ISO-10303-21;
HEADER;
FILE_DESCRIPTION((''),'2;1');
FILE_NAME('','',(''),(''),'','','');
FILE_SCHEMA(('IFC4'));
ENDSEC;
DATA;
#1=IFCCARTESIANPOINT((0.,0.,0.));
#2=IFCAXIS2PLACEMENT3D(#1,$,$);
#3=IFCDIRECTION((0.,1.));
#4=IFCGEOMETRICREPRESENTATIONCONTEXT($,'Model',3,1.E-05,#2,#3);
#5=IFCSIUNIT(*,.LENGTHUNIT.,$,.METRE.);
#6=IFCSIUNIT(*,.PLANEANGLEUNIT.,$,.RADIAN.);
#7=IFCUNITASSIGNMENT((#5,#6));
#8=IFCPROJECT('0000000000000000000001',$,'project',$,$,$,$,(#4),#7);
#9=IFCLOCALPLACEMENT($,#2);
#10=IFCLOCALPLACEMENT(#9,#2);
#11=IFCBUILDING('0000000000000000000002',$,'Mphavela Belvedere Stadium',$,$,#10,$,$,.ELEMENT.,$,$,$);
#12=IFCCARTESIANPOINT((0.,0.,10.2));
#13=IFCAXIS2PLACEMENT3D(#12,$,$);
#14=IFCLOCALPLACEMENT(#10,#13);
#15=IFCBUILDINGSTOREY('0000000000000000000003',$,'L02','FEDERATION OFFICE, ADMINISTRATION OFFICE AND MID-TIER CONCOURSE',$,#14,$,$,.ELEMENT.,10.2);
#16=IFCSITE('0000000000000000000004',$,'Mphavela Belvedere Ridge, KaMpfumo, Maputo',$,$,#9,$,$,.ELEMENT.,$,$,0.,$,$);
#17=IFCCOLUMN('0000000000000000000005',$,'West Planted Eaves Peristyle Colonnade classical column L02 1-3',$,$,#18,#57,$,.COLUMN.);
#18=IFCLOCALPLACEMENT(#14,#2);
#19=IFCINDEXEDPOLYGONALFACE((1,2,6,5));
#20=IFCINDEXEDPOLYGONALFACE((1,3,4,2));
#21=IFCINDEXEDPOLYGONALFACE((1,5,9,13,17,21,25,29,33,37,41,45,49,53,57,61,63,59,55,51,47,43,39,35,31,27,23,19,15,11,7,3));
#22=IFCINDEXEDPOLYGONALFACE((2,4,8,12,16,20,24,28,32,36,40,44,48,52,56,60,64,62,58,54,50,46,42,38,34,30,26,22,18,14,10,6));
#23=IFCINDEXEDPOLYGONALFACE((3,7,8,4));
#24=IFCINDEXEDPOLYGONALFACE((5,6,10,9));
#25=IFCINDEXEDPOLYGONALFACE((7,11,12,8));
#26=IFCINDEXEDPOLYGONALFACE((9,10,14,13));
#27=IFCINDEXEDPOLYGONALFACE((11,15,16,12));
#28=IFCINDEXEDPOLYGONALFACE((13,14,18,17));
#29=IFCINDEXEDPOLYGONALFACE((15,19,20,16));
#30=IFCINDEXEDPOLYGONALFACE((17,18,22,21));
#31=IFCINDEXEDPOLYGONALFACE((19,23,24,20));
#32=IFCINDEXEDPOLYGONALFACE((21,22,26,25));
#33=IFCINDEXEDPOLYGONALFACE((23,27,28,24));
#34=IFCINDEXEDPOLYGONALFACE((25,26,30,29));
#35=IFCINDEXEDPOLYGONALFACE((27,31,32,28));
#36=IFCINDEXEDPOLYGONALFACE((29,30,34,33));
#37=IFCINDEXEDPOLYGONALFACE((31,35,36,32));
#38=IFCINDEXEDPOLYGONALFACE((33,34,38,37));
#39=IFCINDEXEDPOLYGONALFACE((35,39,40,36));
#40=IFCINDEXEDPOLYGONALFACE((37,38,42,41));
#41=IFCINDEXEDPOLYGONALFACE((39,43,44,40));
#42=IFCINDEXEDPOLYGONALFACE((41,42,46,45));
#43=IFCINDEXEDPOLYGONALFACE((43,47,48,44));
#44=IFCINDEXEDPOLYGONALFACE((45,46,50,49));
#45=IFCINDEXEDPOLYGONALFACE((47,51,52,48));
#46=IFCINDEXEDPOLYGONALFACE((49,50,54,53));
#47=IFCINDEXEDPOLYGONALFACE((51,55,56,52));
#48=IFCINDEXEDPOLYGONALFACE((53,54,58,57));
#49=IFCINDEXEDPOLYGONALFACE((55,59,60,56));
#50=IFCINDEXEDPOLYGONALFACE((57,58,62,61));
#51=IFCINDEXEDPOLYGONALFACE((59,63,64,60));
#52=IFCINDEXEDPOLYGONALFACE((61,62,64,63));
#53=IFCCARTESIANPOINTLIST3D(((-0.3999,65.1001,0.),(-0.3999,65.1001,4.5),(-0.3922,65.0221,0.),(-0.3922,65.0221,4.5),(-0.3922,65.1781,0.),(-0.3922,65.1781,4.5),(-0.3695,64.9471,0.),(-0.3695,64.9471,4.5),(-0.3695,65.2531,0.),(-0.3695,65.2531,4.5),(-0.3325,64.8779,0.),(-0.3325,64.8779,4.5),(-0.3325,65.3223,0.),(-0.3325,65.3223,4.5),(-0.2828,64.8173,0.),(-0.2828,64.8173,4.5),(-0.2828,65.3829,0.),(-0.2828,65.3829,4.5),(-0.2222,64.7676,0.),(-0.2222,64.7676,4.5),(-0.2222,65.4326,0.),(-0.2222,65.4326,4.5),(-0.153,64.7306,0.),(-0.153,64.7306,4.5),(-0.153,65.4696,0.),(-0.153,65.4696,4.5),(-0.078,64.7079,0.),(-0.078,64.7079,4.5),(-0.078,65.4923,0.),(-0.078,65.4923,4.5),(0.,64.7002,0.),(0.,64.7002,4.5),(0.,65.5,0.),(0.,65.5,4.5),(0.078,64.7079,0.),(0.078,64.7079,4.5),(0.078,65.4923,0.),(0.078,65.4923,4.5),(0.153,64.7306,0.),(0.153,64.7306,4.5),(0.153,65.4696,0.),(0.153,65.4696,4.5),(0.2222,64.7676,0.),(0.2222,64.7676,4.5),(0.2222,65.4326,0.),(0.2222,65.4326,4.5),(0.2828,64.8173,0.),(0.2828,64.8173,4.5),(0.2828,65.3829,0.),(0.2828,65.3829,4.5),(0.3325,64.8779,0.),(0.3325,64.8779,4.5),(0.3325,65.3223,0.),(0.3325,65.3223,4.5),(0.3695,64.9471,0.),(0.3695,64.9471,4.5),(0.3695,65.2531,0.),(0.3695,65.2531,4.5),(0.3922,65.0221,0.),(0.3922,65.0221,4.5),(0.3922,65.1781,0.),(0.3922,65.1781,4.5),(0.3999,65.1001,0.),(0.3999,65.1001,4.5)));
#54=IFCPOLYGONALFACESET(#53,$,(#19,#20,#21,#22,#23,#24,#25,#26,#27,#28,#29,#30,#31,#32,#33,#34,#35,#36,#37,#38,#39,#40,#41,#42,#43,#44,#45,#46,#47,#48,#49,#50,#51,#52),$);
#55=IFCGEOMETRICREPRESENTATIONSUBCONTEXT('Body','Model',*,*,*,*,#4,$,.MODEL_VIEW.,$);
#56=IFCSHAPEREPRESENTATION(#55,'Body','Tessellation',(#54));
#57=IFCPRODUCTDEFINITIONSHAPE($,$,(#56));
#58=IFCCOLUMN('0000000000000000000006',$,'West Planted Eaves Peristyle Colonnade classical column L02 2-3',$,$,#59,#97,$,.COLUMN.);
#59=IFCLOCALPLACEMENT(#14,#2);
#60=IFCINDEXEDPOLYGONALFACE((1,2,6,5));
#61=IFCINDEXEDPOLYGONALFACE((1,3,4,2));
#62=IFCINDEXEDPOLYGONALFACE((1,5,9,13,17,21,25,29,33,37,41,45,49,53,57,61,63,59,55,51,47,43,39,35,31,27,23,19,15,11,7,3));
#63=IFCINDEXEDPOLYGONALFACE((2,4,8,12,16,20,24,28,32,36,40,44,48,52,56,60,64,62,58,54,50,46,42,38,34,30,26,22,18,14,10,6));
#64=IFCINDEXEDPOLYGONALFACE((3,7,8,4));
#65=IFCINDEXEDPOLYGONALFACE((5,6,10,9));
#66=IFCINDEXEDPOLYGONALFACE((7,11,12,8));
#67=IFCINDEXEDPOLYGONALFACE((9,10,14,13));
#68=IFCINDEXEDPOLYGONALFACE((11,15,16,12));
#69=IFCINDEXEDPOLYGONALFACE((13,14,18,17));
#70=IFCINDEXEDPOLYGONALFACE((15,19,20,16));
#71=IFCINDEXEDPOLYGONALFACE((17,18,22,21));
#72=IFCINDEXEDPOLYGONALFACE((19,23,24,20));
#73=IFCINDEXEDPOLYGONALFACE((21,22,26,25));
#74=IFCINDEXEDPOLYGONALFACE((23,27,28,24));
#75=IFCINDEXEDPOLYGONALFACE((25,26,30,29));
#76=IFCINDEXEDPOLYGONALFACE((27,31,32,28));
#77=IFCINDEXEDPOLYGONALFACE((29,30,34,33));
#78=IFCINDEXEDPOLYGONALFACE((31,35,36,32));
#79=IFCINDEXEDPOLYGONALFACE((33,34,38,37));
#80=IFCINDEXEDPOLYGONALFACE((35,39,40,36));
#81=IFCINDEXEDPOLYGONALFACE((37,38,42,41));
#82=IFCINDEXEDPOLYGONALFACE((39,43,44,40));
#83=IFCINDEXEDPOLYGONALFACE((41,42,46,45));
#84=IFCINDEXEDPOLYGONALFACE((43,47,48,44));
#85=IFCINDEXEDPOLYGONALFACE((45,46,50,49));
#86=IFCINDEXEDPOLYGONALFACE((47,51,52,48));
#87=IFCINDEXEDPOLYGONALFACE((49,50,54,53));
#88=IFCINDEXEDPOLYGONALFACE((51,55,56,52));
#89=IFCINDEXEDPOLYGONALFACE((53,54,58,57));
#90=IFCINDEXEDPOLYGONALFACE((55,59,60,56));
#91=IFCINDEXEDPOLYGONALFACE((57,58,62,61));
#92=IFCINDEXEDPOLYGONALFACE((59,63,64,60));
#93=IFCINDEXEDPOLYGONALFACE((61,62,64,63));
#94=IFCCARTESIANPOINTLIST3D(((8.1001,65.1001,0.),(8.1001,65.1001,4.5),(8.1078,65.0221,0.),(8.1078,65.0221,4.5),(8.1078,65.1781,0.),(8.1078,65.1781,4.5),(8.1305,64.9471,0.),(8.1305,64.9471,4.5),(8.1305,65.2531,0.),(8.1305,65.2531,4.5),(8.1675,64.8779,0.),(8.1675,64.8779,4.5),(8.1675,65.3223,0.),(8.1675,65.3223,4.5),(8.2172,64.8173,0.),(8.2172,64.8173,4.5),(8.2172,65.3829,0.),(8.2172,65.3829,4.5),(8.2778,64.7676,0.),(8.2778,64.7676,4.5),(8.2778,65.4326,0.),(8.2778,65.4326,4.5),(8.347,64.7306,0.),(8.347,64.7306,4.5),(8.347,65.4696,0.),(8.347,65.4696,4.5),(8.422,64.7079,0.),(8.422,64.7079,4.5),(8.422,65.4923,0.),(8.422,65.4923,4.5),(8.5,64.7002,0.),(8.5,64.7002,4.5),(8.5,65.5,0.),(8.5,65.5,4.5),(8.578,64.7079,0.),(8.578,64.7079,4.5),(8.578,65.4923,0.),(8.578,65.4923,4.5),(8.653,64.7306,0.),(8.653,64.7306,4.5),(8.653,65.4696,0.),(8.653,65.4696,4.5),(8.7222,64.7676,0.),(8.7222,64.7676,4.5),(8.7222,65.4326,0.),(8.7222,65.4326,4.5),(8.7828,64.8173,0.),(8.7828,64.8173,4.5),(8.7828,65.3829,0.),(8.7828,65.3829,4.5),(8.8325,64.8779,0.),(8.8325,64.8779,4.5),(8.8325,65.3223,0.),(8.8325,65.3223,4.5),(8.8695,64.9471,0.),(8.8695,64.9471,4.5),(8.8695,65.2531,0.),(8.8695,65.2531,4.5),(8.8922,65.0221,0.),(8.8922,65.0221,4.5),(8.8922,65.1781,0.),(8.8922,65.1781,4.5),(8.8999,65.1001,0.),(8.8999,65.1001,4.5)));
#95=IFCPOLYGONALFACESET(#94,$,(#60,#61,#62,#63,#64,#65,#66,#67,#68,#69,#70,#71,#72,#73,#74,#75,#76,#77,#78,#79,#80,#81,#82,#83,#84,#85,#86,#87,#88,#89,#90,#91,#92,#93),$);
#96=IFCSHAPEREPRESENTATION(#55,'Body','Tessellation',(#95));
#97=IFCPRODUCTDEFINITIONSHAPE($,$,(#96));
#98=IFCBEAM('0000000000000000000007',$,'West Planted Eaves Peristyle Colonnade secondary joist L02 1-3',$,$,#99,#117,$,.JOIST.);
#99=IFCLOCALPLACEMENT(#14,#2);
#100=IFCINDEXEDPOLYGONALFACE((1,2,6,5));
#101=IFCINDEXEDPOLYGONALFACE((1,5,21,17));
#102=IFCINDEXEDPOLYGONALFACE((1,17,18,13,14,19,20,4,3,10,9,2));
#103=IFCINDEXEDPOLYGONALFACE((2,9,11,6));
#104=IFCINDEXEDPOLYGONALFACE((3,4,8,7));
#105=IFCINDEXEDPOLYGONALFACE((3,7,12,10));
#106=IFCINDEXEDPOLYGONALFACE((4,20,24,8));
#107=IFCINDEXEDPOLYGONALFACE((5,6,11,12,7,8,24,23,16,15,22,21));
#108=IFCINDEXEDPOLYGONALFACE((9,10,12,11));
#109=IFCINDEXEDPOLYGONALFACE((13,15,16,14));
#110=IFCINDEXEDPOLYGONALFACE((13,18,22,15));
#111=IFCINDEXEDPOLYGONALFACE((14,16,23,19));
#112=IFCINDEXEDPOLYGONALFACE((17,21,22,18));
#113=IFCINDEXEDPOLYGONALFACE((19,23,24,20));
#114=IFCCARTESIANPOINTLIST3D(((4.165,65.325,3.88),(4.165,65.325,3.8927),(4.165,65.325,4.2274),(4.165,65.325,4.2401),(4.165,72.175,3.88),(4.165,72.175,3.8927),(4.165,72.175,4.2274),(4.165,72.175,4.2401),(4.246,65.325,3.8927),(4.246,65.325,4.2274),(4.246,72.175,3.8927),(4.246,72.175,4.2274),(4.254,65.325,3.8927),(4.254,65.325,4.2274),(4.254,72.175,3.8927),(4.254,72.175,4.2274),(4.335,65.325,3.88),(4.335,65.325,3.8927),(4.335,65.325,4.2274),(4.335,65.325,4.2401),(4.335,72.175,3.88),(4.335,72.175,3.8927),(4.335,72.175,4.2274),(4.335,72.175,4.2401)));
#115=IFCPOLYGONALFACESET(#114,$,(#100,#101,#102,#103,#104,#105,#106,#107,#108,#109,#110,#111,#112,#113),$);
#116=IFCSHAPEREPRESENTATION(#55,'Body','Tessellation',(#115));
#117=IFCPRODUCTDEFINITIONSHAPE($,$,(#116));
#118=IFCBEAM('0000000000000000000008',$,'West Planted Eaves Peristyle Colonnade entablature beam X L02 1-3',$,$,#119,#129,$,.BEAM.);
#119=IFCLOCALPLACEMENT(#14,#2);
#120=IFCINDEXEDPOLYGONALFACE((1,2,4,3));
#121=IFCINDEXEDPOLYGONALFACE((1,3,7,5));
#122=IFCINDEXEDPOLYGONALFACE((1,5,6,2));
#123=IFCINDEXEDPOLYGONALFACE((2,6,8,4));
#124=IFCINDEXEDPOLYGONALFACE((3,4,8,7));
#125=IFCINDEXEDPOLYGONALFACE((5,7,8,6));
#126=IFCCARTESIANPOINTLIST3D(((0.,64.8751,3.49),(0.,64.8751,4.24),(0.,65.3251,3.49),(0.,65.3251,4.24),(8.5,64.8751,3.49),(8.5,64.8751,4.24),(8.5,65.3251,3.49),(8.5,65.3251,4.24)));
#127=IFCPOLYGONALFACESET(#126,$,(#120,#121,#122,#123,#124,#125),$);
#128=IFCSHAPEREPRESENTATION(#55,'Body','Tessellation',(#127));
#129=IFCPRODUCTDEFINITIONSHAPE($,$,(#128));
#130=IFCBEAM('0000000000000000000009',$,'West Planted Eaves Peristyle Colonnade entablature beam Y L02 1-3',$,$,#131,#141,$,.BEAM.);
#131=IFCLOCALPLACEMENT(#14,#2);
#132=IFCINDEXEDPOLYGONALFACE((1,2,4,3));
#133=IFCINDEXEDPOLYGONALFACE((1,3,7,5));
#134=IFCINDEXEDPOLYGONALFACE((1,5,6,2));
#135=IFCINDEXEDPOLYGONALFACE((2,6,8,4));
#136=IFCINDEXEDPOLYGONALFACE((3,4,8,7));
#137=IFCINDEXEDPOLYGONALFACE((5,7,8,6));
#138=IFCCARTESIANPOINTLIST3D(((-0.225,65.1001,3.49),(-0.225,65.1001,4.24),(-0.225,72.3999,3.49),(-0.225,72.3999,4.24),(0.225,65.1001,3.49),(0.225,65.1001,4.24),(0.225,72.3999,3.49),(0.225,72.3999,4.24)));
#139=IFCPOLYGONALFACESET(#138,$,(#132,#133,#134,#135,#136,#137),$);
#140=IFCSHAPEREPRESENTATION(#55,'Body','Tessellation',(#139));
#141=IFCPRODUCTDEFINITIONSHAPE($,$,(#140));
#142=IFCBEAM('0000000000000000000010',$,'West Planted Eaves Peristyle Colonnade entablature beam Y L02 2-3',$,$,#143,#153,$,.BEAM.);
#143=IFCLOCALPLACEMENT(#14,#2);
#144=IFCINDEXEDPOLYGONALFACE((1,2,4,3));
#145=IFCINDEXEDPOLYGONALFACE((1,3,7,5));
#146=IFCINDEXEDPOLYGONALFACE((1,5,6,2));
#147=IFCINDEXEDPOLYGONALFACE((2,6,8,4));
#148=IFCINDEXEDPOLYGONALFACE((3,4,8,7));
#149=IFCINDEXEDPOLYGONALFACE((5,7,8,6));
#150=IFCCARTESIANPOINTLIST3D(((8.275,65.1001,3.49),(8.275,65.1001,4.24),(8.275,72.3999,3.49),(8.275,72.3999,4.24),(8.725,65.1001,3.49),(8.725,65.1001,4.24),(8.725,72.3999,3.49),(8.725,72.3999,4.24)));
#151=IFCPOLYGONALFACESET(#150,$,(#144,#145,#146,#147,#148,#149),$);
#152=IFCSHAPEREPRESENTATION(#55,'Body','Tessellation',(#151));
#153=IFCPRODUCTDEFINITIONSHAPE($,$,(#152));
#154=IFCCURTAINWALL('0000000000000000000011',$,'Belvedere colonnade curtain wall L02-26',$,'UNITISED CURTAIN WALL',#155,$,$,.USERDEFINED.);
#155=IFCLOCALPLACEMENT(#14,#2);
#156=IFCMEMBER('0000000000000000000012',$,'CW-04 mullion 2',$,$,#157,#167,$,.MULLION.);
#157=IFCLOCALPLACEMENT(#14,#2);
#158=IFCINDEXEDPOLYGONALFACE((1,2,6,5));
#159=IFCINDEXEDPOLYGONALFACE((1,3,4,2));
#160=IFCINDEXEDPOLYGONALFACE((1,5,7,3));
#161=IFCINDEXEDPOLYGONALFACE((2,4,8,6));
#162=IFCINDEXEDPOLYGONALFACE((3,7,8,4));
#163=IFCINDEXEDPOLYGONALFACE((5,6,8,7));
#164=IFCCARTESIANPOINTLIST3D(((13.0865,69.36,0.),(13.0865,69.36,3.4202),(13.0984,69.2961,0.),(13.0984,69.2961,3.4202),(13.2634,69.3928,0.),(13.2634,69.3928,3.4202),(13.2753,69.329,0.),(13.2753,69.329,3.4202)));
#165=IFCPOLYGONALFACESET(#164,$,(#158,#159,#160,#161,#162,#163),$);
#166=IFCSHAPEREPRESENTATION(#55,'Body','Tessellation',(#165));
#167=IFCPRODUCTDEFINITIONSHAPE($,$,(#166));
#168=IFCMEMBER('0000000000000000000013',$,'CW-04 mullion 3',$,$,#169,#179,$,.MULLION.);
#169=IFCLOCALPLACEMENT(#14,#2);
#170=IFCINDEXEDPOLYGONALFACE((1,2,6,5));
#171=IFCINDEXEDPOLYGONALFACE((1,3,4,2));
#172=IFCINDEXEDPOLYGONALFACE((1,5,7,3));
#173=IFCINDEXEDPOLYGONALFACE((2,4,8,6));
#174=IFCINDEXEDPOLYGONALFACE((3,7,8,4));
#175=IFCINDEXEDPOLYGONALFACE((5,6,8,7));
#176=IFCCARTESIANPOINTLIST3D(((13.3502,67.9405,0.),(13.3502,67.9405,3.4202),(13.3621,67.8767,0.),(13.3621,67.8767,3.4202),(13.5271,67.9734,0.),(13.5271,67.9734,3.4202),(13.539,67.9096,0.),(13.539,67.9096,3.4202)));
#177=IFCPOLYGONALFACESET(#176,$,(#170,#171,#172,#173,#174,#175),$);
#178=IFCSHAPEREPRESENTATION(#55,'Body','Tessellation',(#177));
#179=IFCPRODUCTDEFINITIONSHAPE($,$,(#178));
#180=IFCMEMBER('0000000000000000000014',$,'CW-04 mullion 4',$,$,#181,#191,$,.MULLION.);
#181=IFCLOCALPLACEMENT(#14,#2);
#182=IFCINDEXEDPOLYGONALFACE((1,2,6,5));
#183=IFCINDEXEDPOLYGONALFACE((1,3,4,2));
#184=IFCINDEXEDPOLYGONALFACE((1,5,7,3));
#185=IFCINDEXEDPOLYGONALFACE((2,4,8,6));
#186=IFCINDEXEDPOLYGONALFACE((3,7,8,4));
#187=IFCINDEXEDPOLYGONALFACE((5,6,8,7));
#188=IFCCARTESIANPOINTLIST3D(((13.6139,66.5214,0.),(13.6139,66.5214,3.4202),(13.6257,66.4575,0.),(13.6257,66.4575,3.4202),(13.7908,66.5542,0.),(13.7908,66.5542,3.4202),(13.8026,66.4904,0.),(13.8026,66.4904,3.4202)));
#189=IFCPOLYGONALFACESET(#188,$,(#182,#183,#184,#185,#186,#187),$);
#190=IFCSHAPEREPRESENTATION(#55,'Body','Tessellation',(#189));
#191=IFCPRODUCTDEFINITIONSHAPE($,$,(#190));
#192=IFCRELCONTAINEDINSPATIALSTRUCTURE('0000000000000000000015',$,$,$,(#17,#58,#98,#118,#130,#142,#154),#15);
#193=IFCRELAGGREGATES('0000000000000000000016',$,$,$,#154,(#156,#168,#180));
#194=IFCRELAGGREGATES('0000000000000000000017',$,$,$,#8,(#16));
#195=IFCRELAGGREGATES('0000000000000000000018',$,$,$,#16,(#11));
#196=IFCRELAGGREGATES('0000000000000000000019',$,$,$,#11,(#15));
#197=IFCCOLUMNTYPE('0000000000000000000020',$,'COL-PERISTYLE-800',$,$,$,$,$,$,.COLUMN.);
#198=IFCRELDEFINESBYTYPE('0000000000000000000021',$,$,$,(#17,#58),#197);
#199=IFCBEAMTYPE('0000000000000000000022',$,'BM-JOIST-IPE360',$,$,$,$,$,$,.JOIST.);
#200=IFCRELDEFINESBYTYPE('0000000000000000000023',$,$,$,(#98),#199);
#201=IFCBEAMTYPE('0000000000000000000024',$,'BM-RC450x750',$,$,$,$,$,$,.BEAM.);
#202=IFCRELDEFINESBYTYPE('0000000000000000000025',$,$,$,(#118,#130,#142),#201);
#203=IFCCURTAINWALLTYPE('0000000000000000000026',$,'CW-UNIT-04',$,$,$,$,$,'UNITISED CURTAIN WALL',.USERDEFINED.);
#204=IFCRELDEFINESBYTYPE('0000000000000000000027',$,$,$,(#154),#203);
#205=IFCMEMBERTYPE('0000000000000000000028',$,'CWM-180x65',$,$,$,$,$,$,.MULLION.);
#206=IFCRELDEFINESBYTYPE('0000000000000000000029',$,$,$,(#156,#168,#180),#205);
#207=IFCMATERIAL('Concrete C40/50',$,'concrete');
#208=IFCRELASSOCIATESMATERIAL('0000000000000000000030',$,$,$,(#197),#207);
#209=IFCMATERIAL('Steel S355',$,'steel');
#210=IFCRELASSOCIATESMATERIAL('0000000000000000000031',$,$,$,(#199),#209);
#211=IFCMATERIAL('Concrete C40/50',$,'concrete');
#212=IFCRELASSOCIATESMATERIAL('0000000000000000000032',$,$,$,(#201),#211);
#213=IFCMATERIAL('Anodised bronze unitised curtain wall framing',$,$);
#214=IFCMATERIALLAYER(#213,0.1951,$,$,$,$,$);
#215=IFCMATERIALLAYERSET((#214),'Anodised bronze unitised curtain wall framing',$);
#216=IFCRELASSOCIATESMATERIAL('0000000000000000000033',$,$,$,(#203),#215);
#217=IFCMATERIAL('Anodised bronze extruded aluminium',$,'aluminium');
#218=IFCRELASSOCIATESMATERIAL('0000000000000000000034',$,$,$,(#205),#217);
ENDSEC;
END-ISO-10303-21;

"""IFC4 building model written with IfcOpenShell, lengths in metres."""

from ifc_helpers import new_model, si_unit, direction, frame, origin, origin_2d, place, context, subcontext, project, spatial, rectangle, circle, i_section, extrude, material, layer, layer_set, material_profile, profile_set, type_object, element, aggregate, save


model = new_model("IFC4")

# Units and contexts
model_context = context("Model", 3, precision=1e-05, world=origin(), true_north=direction((0.0, 1.0)))
body_context = subcontext(model_context, "Body", "Model", "MODEL_VIEW")
ifc_project = project(units=[si_unit("LENGTHUNIT", "METRE"), si_unit("PLANEANGLEUNIT", "RADIAN")], contexts=[model_context])

# Site, building, storey
site_placement = place(None, origin())
site = spatial("IfcSite", under=ifc_project, at=site_placement, Name="Mphavela Belvedere Ridge, KaMpfumo, Maputo", CompositionType="ELEMENT", RefElevation=0.0)
building_placement = place(site_placement, origin())
building = spatial("IfcBuilding", under=site, at=building_placement, Name="Mphavela Belvedere Stadium", CompositionType="ELEMENT")
storey_placement = place(building_placement, frame((0.0, 0.0, 10.2)))
storey = spatial("IfcBuildingStorey", under=building, at=storey_placement, Name="L02", Description="FEDERATION OFFICE, ADMINISTRATION OFFICE AND MID-TIER CONCOURSE", CompositionType="ELEMENT", Elevation=10.2)

# Columns
ifc_material_1 = material(Name="Concrete C40/50", Category="concrete")
ifc_material_profile_1 = material_profile(ifc_material_1, circle(Radius=0.3999, at=origin_2d()), Name="COL D800")
ifc_profile_set_1 = profile_set([ifc_material_profile_1], Name="Concrete C40/50")
column_type = type_object("IfcColumnType", Name="COL-PERISTYLE-800", PredefinedType="COLUMN", material=ifc_profile_set_1)
for number, where, z_axis, x_axis, name in (
    (1, (0.0, 65.1001, 0.0), (0.0, 0.0, 1.0), (1.0, 0.0, 0.0), "West Planted Eaves Peristyle Colonnade classical column L02 1-3"),
    (2, (8.5, 65.1001, 0.0), (0.0, 0.0, 1.0), (1.0, 0.0, 0.0), "West Planted Eaves Peristyle Colonnade classical column L02 2-3"),
):
    element("IfcColumn", number, at=place(storey_placement, frame(where, z_axis=z_axis, x_axis=x_axis)), inside=storey, type_object=column_type, Name=name, PredefinedType="COLUMN", context=body_context, shape_type="SweptSolid", body=[
        extrude(circle(Radius=0.3999, at=origin_2d()), origin(), (0.0, 0.0, 1.0), 4.5),
    ])

# Beams
ifc_material_2 = material(Name="Steel S355", Category="steel")
ifc_material_profile_2 = material_profile(ifc_material_2, i_section(OverallWidth=0.1699, OverallDepth=0.3601, WebThickness=0.0081, FlangeThickness=0.0127, at=origin_2d()), Name="IPE 360")
ifc_profile_set_2 = profile_set([ifc_material_profile_2], Name="Steel S355")
beam_type_1 = type_object("IfcBeamType", Name="BM-JOIST-IPE360", PredefinedType="JOIST", material=ifc_profile_set_2)
beam_1_placement = place(storey_placement, frame((4.25, 65.325, 4.0601), z_axis=(0.0, 1.0, 0.0), x_axis=(-1.0, 0.0, 0.0)))
element("IfcBeam", 3, at=beam_1_placement, inside=storey, type_object=beam_type_1, Name="West Planted Eaves Peristyle Colonnade secondary joist L02 1-3", PredefinedType="JOIST", context=body_context, shape_type="SweptSolid", body=[
    extrude(i_section(OverallWidth=0.1699, OverallDepth=0.3601, WebThickness=0.0081, FlangeThickness=0.0127, at=origin_2d()), origin(), (0.0, 0.0, 1.0), 6.8501),
])
ifc_material_3 = material(Name="Concrete C40/50", Category="concrete")
ifc_material_profile_3 = material_profile(ifc_material_3, rectangle(XDim=0.45, YDim=0.75, at=origin_2d()), Name="RC 450x750")
ifc_profile_set_3 = profile_set([ifc_material_profile_3], Name="Concrete C40/50")
beam_type_2 = type_object("IfcBeamType", Name="BM-RC450x750", PredefinedType="BEAM", material=ifc_profile_set_3)
beam_2_placement = place(storey_placement, frame((0.0, 65.1001, 3.865), z_axis=(1.0, 0.0, 0.0), x_axis=(0.0, 1.0, 0.0)))
element("IfcBeam", 4, at=beam_2_placement, inside=storey, type_object=beam_type_2, Name="West Planted Eaves Peristyle Colonnade entablature beam X L02 1-3", PredefinedType="BEAM", context=body_context, shape_type="SweptSolid", body=[
    extrude(rectangle(XDim=0.45, YDim=0.75, at=origin_2d()), origin(), (0.0, 0.0, 1.0), 8.5),
])
for number, where, z_axis, x_axis, name in (
    (5, (0.0, 65.1001, 3.865), (0.0, 1.0, 0.0), (-1.0, 0.0, 0.0), "West Planted Eaves Peristyle Colonnade entablature beam Y L02 1-3"),
    (6, (8.5, 65.1001, 3.865), (0.0, 1.0, 0.0), (-1.0, 0.0, 0.0), "West Planted Eaves Peristyle Colonnade entablature beam Y L02 2-3"),
):
    element("IfcBeam", number, at=place(storey_placement, frame(where, z_axis=z_axis, x_axis=x_axis)), inside=storey, type_object=beam_type_2, Name=name, PredefinedType="BEAM", context=body_context, shape_type="SweptSolid", body=[
        extrude(rectangle(XDim=0.45, YDim=0.75, at=origin_2d()), origin(), (0.0, 0.0, 1.0), 7.2998),
    ])

# Curtain wall, members
ifc_material_4 = material(Name="Anodised bronze unitised curtain wall framing")
ifc_layer_1 = layer(ifc_material_4, 0.1951)
ifc_layer_set_1 = layer_set([ifc_layer_1], Name="Anodised bronze unitised curtain wall framing")
curtain_wall_type = type_object("IfcCurtainWallType", Name="CW-UNIT-04", ElementType="UNITISED CURTAIN WALL", PredefinedType="USERDEFINED", material=ifc_layer_set_1)
curtain_wall_placement = place(storey_placement, origin())
curtain_wall = element("IfcCurtainWall", 7, at=curtain_wall_placement, inside=storey, type_object=curtain_wall_type, Name="Belvedere colonnade curtain wall L02-26", ObjectType="UNITISED CURTAIN WALL", PredefinedType="USERDEFINED")
ifc_material_5 = material(Name="Anodised bronze extruded aluminium", Category="aluminium")
ifc_material_profile_4 = material_profile(ifc_material_5, rectangle(XDim=0.1799, YDim=0.0649, at=origin_2d()), Name="CW-MUL 180x65")
ifc_profile_set_4 = profile_set([ifc_material_profile_4], Name="Anodised bronze extruded aluminium")
member_type_1 = type_object("IfcMemberType", Name="CWM-180x65", PredefinedType="MULLION", material=ifc_profile_set_4)
member_1_placement = place(storey_placement, frame((13.1809, 69.3445, 0.0), z_axis=(0.0, 0.0, 1.0), x_axis=(0.983183, 0.182625, 0.0)))
member_1 = element("IfcMember", 8, at=member_1_placement, type_object=member_type_1, Name="CW-04 mullion 2", PredefinedType="MULLION", context=body_context, shape_type="SweptSolid", body=[
    extrude(rectangle(XDim=0.1799, YDim=0.0649, at=origin_2d()), origin(), (0.0, 0.0, 1.0), 3.4202),
])
member_2_placement = place(storey_placement, frame((13.4446, 67.925, 0.0), z_axis=(0.0, 0.0, 1.0), x_axis=(0.983183, 0.182625, 0.0)))
member_2 = element("IfcMember", 9, at=member_2_placement, type_object=member_type_1, Name="CW-04 mullion 3", PredefinedType="MULLION", context=body_context, shape_type="SweptSolid", body=[
    extrude(rectangle(XDim=0.1799, YDim=0.0649, at=origin_2d()), origin(), (0.0, 0.0, 1.0), 3.4202),
])
member_3_placement = place(storey_placement, frame((13.7083, 66.5059, 0.0), z_axis=(0.0, 0.0, 1.0), x_axis=(0.983183, 0.182625, 0.0)))
member_3 = element("IfcMember", 10, at=member_3_placement, type_object=member_type_1, Name="CW-04 mullion 4", PredefinedType="MULLION", context=body_context, shape_type="SweptSolid", body=[
    extrude(rectangle(XDim=0.1799, YDim=0.0649, at=origin_2d()), origin(), (0.0, 0.0, 1.0), 3.4202),
])
aggregate(curtain_wall, [member_1, member_2, member_3])

save(model, "model.ifc")
